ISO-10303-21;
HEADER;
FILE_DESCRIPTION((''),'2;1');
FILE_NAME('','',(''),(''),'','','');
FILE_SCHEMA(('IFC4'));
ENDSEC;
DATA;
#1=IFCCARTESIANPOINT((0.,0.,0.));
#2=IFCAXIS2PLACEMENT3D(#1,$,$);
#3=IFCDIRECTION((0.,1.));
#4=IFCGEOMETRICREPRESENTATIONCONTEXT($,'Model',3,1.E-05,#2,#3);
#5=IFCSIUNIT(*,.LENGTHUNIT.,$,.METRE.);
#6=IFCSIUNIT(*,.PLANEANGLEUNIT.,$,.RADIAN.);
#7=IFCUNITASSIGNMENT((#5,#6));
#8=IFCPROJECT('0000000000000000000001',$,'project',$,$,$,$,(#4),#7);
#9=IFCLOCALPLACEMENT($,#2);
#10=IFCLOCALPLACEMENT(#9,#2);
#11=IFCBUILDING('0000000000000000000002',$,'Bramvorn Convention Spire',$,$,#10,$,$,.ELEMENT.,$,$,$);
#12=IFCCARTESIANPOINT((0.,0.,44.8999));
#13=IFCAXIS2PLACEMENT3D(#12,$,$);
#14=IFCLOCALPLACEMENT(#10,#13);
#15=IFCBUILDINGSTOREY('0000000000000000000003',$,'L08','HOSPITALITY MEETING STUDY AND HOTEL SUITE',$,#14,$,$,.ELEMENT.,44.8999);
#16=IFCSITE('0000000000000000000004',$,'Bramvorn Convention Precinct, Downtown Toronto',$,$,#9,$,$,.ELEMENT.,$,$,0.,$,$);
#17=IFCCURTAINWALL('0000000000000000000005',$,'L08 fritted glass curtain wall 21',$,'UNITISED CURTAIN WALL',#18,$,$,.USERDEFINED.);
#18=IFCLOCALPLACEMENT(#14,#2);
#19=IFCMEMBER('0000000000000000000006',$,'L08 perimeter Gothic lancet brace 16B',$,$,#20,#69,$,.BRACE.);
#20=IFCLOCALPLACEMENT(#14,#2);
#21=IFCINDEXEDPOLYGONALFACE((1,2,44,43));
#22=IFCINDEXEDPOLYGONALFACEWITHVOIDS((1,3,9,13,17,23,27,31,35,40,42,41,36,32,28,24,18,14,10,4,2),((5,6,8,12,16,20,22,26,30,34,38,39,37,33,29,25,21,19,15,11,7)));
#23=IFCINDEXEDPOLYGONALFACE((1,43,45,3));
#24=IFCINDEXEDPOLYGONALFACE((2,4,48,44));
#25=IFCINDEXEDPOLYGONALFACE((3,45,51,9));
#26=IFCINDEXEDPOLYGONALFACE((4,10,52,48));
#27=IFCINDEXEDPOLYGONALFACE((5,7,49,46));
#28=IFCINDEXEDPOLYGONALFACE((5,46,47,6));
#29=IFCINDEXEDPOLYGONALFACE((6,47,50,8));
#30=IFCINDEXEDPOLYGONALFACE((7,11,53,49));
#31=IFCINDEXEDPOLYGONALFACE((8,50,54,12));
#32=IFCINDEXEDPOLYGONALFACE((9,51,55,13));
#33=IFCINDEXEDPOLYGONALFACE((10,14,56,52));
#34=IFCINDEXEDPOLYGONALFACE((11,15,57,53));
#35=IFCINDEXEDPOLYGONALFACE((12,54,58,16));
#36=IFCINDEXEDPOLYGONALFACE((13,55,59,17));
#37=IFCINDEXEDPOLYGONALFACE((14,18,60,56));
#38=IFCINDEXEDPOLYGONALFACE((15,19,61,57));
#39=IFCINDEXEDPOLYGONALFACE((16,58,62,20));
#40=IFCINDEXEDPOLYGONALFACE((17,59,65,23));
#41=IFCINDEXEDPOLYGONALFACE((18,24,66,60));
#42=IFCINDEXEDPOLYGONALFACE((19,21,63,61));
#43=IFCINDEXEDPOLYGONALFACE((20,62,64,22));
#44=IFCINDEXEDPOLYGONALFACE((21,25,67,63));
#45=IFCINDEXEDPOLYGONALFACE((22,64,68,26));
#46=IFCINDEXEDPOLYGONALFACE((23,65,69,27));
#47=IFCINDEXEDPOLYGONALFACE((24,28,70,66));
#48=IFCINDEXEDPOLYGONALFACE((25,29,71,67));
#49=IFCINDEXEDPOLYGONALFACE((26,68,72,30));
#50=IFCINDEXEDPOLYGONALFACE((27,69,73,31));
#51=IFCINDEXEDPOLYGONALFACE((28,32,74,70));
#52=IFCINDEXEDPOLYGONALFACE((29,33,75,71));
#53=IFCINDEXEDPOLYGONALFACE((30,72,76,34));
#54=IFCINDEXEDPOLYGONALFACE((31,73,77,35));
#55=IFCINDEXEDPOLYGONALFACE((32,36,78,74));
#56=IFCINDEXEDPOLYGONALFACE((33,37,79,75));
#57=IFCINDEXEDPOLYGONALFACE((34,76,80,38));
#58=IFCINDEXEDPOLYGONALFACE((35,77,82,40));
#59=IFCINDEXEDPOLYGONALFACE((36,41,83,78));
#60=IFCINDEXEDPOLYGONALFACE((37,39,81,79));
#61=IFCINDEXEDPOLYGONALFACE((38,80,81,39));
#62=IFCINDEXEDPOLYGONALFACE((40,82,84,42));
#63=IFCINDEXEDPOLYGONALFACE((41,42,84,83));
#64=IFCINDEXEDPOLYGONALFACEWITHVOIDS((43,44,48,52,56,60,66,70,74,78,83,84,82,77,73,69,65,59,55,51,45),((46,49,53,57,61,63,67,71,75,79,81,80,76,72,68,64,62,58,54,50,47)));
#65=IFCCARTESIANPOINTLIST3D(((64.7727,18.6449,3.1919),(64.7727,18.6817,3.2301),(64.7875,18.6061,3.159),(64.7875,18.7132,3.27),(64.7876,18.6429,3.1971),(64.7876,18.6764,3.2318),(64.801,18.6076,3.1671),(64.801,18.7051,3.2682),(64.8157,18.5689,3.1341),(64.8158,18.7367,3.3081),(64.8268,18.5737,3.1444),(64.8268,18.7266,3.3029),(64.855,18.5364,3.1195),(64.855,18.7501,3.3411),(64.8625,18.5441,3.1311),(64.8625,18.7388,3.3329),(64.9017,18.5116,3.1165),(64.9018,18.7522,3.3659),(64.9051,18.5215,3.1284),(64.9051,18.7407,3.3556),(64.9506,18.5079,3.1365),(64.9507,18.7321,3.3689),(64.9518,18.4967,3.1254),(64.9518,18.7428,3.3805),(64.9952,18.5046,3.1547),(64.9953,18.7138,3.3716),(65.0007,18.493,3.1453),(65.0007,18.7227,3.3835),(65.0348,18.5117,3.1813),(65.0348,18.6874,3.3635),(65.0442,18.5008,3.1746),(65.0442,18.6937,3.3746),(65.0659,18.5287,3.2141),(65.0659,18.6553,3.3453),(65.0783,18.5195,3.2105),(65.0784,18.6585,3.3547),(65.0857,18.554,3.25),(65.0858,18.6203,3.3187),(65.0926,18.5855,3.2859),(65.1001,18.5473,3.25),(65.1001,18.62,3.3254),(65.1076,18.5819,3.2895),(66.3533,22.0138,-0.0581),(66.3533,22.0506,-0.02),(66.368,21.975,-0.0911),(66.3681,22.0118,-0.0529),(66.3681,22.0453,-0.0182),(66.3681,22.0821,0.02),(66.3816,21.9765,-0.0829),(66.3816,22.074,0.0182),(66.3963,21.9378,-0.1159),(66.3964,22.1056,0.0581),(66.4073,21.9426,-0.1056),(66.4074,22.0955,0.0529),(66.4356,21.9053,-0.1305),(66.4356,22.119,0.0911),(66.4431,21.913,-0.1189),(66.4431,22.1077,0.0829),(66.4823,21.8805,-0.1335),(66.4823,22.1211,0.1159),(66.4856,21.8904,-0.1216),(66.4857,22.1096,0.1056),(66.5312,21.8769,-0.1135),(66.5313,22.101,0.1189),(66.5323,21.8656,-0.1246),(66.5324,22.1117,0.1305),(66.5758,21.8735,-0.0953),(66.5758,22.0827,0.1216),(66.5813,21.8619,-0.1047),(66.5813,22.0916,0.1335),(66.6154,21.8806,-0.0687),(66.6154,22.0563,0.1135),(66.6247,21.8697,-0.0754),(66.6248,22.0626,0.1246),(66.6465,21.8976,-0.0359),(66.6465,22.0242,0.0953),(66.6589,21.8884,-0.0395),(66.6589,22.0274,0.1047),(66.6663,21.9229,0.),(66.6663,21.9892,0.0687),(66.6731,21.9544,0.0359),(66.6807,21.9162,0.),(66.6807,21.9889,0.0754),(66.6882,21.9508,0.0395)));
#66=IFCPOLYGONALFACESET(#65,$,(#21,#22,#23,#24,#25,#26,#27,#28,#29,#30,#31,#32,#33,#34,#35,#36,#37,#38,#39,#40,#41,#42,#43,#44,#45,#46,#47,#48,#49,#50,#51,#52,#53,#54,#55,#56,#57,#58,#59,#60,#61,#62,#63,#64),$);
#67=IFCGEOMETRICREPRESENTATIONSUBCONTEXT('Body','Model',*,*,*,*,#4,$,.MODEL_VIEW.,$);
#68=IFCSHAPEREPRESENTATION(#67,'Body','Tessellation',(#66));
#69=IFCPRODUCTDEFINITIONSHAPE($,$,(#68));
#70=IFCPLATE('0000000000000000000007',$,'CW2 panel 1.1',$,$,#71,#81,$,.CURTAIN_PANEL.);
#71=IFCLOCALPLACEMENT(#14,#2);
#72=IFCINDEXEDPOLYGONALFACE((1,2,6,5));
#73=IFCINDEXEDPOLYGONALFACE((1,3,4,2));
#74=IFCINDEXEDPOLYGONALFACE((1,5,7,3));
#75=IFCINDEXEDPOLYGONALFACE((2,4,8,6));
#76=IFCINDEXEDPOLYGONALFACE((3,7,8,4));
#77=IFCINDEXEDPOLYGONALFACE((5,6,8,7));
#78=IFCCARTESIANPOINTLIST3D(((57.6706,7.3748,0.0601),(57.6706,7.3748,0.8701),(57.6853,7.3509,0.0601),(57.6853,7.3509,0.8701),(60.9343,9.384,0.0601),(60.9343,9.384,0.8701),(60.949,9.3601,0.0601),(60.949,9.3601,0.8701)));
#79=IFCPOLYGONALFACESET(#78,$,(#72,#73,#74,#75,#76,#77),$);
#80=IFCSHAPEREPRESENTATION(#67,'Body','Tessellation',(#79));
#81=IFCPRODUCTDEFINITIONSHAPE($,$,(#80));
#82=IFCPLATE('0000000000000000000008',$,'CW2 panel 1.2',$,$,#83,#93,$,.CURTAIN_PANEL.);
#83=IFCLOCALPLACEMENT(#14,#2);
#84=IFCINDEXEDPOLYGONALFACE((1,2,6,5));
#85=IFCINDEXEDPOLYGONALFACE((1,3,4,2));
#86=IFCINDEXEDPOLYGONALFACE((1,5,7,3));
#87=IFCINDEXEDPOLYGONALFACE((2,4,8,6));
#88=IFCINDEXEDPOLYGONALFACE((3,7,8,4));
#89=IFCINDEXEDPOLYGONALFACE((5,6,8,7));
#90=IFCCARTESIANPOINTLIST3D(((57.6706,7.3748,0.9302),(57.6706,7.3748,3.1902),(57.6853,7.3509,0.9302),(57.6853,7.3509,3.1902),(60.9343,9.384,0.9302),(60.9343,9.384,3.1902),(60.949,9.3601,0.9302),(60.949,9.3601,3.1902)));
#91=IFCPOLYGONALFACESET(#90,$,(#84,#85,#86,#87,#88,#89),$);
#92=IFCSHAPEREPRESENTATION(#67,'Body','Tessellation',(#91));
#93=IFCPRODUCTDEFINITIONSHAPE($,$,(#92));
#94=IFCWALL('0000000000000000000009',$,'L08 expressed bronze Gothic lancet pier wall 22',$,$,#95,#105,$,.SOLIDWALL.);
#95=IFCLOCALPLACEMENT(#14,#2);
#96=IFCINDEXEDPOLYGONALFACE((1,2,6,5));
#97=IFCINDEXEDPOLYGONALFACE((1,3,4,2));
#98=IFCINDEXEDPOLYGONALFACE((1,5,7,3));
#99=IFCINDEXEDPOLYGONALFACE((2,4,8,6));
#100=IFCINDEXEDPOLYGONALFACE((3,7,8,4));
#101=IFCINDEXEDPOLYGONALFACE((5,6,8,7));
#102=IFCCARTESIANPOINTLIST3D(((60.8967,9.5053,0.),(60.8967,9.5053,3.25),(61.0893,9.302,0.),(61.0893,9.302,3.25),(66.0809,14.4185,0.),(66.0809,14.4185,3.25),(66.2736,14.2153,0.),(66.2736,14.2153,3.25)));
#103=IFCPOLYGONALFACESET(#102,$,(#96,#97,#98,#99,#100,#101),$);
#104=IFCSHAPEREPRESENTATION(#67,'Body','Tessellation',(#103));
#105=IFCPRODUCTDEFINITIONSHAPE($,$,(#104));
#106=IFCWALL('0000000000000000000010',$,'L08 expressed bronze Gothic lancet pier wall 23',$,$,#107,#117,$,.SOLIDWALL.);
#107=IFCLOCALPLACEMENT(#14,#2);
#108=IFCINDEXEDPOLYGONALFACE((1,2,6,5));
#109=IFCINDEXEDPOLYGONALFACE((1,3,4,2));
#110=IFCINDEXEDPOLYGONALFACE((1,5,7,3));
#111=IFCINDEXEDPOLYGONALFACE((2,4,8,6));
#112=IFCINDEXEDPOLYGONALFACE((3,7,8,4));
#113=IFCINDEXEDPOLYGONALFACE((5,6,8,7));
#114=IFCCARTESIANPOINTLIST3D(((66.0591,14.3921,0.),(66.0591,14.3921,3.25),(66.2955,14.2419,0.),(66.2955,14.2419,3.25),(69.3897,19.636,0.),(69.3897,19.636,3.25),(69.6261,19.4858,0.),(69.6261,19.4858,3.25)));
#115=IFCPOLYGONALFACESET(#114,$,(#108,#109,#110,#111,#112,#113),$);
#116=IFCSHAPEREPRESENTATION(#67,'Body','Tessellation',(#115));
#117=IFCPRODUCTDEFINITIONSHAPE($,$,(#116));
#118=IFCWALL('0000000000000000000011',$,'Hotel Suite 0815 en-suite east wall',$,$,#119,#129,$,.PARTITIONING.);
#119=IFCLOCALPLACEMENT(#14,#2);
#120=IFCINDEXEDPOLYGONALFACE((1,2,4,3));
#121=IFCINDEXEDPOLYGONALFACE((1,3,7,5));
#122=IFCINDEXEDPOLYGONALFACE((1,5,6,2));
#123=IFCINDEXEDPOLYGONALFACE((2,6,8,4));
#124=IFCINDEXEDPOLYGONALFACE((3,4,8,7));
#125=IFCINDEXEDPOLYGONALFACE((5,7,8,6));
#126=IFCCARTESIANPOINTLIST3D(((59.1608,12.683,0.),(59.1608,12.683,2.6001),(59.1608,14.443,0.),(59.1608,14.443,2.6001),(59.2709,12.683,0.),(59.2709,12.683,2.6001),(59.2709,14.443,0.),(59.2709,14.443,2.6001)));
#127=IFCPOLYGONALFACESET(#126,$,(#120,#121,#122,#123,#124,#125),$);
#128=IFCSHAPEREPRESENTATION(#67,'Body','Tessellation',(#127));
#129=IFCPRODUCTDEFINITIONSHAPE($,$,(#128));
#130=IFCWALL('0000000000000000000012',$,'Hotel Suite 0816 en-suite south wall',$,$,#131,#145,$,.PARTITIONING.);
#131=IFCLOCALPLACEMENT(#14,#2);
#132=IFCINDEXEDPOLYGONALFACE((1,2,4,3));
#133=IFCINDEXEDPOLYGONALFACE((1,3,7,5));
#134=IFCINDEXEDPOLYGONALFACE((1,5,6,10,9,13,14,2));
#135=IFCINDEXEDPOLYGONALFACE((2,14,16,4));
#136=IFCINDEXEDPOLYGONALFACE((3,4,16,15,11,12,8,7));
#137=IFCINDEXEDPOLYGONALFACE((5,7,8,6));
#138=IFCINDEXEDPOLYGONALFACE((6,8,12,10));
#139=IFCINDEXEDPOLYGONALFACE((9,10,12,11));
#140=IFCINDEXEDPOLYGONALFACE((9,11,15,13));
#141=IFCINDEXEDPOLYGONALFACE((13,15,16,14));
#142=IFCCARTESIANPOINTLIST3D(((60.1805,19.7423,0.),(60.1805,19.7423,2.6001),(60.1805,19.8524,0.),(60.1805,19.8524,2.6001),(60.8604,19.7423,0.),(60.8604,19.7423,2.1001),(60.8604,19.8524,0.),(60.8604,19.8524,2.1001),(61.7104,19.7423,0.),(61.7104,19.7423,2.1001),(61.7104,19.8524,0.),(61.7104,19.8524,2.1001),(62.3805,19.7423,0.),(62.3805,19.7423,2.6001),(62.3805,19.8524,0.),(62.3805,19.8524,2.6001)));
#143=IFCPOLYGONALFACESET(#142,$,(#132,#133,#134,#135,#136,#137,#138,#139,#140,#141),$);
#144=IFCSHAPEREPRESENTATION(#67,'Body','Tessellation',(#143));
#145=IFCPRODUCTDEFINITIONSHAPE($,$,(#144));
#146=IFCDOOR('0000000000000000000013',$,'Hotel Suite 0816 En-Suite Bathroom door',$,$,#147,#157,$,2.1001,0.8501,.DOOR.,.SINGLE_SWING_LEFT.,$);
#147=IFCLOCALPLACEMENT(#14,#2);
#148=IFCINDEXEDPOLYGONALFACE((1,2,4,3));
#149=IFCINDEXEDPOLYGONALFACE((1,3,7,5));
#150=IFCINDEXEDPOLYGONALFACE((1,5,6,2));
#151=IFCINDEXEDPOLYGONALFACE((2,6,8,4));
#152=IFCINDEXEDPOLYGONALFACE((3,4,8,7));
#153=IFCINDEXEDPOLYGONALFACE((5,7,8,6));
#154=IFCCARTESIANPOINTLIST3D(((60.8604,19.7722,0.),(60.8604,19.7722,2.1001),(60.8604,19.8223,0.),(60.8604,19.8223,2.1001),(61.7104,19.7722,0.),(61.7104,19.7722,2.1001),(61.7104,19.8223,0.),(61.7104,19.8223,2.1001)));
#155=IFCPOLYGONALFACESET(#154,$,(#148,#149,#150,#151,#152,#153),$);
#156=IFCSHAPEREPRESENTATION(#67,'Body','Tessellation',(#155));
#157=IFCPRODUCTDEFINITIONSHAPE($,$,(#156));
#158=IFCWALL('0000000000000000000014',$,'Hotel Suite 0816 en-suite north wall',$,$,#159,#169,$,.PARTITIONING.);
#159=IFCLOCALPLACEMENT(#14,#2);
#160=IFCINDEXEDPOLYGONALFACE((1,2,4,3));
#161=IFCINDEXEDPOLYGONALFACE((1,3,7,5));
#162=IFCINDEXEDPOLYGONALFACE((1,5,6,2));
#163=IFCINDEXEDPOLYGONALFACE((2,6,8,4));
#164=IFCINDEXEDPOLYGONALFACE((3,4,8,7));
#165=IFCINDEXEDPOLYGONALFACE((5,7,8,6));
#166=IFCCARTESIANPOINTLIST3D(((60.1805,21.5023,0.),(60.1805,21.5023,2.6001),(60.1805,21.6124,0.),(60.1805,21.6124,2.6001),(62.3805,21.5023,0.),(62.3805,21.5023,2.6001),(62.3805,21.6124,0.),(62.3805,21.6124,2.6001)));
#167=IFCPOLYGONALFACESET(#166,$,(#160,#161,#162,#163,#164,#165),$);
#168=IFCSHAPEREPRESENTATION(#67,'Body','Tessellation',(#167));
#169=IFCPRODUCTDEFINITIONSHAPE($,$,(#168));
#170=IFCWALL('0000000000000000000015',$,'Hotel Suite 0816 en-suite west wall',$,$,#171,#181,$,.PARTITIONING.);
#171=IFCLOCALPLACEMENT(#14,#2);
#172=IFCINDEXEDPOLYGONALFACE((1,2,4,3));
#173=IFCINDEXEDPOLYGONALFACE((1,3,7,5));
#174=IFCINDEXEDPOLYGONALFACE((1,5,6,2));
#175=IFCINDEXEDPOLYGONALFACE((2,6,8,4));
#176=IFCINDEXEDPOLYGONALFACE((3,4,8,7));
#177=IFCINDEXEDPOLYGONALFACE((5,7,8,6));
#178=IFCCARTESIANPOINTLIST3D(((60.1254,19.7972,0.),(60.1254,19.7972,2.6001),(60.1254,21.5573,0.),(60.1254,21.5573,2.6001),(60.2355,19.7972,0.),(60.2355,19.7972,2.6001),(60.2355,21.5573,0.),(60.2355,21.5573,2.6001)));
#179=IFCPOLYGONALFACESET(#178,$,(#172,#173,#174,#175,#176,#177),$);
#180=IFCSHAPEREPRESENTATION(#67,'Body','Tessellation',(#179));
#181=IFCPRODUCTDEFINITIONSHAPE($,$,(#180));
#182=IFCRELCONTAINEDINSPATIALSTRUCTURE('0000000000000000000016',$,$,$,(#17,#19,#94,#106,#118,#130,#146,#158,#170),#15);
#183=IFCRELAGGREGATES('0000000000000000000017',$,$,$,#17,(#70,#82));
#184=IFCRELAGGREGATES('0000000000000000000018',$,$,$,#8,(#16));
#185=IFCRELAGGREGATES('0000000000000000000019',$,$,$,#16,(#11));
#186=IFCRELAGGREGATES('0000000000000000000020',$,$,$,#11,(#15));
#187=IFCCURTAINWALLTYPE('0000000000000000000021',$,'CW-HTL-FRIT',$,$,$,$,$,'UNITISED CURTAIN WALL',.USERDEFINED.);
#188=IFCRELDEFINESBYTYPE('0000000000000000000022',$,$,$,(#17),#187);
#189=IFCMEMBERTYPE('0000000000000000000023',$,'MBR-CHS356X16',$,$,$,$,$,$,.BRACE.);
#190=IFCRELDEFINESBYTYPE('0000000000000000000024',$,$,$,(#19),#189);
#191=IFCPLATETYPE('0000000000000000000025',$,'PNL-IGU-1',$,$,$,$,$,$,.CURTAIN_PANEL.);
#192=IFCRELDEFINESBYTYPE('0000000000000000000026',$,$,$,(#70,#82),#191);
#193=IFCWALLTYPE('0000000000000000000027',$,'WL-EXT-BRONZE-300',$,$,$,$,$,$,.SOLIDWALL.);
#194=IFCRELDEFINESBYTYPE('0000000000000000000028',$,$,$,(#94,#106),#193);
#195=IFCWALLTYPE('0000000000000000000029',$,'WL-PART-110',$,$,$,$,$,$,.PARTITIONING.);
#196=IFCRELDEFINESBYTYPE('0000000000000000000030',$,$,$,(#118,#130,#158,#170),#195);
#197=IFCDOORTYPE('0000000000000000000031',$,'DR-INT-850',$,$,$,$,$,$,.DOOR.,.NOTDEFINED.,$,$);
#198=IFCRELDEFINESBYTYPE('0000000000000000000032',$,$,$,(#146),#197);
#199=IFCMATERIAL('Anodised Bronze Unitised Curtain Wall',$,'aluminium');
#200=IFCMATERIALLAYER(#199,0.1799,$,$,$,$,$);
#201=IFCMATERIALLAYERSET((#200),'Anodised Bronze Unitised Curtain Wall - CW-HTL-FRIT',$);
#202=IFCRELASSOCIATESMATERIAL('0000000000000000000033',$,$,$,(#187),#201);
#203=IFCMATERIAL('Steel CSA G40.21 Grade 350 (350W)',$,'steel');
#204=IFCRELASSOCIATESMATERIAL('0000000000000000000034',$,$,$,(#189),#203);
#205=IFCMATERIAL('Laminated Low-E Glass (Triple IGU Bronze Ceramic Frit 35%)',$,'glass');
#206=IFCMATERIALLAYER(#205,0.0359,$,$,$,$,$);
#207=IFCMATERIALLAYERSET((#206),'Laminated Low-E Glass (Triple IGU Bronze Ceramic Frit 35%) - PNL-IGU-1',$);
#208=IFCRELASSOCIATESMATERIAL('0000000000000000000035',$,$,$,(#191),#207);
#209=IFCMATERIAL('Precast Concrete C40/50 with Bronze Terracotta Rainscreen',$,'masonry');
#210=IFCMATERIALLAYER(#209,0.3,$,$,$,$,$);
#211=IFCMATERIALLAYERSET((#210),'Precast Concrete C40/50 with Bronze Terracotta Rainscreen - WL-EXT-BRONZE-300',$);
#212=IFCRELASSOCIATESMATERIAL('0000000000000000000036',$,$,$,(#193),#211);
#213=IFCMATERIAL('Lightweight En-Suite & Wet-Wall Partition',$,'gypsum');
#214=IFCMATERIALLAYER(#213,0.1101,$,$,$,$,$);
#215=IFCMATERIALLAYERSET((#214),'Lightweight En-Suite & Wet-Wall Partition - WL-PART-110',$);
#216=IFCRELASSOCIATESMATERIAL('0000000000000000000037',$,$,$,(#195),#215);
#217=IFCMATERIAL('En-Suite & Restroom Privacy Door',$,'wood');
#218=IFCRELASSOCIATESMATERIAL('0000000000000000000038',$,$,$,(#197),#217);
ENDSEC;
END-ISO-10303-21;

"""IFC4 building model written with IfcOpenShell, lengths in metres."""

from ifc_helpers import new_model, si_unit, direction, frame, frame_2d, origin, origin_2d, place, context, subcontext, project, spatial, rectangle, hollow_circle, extrude, material, layer, layer_set, material_profile, profile_set, type_object, element, fill, aggregate, save


model = new_model("IFC4")

# Units and contexts
model_context = context("Model", 3, precision=1e-05, world=origin(), true_north=direction((0.0, 1.0)))
body_context = subcontext(model_context, "Body", "Model", "MODEL_VIEW")
ifc_project = project(units=[si_unit("LENGTHUNIT", "METRE"), si_unit("PLANEANGLEUNIT", "RADIAN")], contexts=[model_context])

# Site, building, storey
site_placement = place(None, origin())
site = spatial("IfcSite", under=ifc_project, at=site_placement, Name="Bramvorn Convention Precinct, Downtown Toronto", CompositionType="ELEMENT", RefElevation=0.0)
building_placement = place(site_placement, origin())
building = spatial("IfcBuilding", under=site, at=building_placement, Name="Bramvorn Convention Spire", CompositionType="ELEMENT")
storey_placement = place(building_placement, frame((0.0, 0.0, 44.8999)))
storey = spatial("IfcBuildingStorey", under=building, at=storey_placement, Name="L08", Description="HOSPITALITY MEETING STUDY AND HOTEL SUITE", CompositionType="ELEMENT", Elevation=44.8999)

# Shared definitions
ifc_material_1 = material(Name="Steel CSA G40.21 Grade 350 (350W)", Category="steel")

# Curtain wall
ifc_material_2 = material(Name="Anodised Bronze Unitised Curtain Wall", Category="aluminium")
ifc_layer_1 = layer(ifc_material_2, 0.1799)
ifc_layer_set_1 = layer_set([ifc_layer_1], Name="Anodised Bronze Unitised Curtain Wall - CW-HTL-FRIT")
curtain_wall_type = type_object("IfcCurtainWallType", Name="CW-HTL-FRIT", ElementType="UNITISED CURTAIN WALL", PredefinedType="USERDEFINED", material=ifc_layer_set_1)
curtain_wall_placement = place(storey_placement, origin())
curtain_wall = element("IfcCurtainWall", 1, at=curtain_wall_placement, inside=storey, type_object=curtain_wall_type, Name="L08 fritted glass curtain wall 21", ObjectType="UNITISED CURTAIN WALL", PredefinedType="USERDEFINED")

# Member
ifc_material_profile_1 = material_profile(ifc_material_1, hollow_circle(Radius=0.1777, WallThickness=0.0159, at=origin_2d()))
ifc_profile_set_1 = profile_set([ifc_material_profile_1], Name="Steel CSA G40.21 Grade 350 (350W) - CHS356X16")
member_type_1 = type_object("IfcMemberType", Name="MBR-CHS356X16", PredefinedType="BRACE", material=ifc_profile_set_1)
for number, where, z_axis, x_axis, name in (
    (2, (66.5198, 21.9917, 0.0), (-0.31991, -0.681871, 0.657806), (0.905315, -0.424741, 0.0), "L08 perimeter Gothic lancet brace 16B"),
):
    element("IfcMember", number, at=place(storey_placement, frame(where, z_axis=z_axis, x_axis=x_axis)), inside=storey, type_object=member_type_1, Name=name, PredefinedType="BRACE", context=body_context, shape_type="SweptSolid", body=[
        extrude(hollow_circle(Radius=0.1777, WallThickness=0.0159, at=origin_2d()), origin(), (0.0, 0.0, 1.0), 4.9407),
    ])

# Plates
ifc_material_3 = material(Name="Laminated Low-E Glass (Triple IGU Bronze Ceramic Frit 35%)", Category="glass")
ifc_layer_2 = layer(ifc_material_3, 0.0359)
ifc_layer_set_2 = layer_set([ifc_layer_2], Name="Laminated Low-E Glass (Triple IGU Bronze Ceramic Frit 35%) - PNL-IGU-1")
plate_type = type_object("IfcPlateType", Name="PNL-IGU-1", PredefinedType="CURTAIN_PANEL", material=ifc_layer_set_2)
plate_1_placement = place(storey_placement, frame((59.3098, 8.3674, 0.0601), z_axis=(0.0, 0.0, 1.0), x_axis=(-0.851568, -0.524244, 0.0)))
plate_1 = element("IfcPlate", 3, at=plate_1_placement, type_object=plate_type, Name="CW2 panel 1.1", PredefinedType="CURTAIN_PANEL", context=body_context, shape_type="SweptSolid", body=[
    extrude(rectangle(XDim=3.8325, YDim=0.0281, at=origin_2d()), origin(), (0.0, 0.0, 1.0), 0.8101),
])
plate_2_placement = place(storey_placement, frame((59.3098, 8.3674, 0.9302), z_axis=(0.0, 0.0, 1.0), x_axis=(-0.851568, -0.524244, 0.0)))
plate_2 = element("IfcPlate", 4, at=plate_2_placement, type_object=plate_type, Name="CW2 panel 1.2", PredefinedType="CURTAIN_PANEL", context=body_context, shape_type="SweptSolid", body=[
    extrude(rectangle(XDim=3.8325, YDim=0.0281, at=origin_2d()), origin(), (0.0, 0.0, 1.0), 2.26),
])
aggregate(curtain_wall, [plate_1, plate_2])

# Walls
ifc_material_4 = material(Name="Precast Concrete C40/50 with Bronze Terracotta Rainscreen", Category="masonry")
ifc_layer_3 = layer(ifc_material_4, 0.3)
ifc_layer_set_3 = layer_set([ifc_layer_3], Name="Precast Concrete C40/50 with Bronze Terracotta Rainscreen - WL-EXT-BRONZE-300")
wall_type_1 = type_object("IfcWallType", Name="WL-EXT-BRONZE-300", PredefinedType="SOLIDWALL", material=ifc_layer_set_3)
wall_1_placement = place(storey_placement, frame((66.1772, 14.3169, 0.0), z_axis=(0.0, 0.0, 1.0), x_axis=(-0.725822, -0.687882, 0.0)))
element("IfcWall", 5, at=wall_1_placement, inside=storey, type_object=wall_type_1, Name="L08 expressed bronze Gothic lancet pier wall 22", PredefinedType="SOLIDWALL", context=body_context, shape_type="SweptSolid", body=[
    extrude(rectangle(XDim=7.1426, YDim=0.28, at=frame_2d((3.5713, 0.0))), origin(), (0.0, 0.0, 1.0), 3.25),
])
wall_2_placement = place(storey_placement, frame((69.5078, 19.5608, 0.0), z_axis=(0.0, 0.0, 1.0), x_axis=(-0.536135, -0.844132, 0.0)))
element("IfcWall", 6, at=wall_2_placement, inside=storey, type_object=wall_type_1, Name="L08 expressed bronze Gothic lancet pier wall 23", PredefinedType="SOLIDWALL", context=body_context, shape_type="SweptSolid", body=[
    extrude(rectangle(XDim=6.2122, YDim=0.28, at=frame_2d((3.106, 0.0))), origin(), (0.0, 0.0, 1.0), 3.25),
])
ifc_material_5 = material(Name="Lightweight En-Suite & Wet-Wall Partition", Category="gypsum")
ifc_layer_4 = layer(ifc_material_5, 0.1101)
ifc_layer_set_4 = layer_set([ifc_layer_4], Name="Lightweight En-Suite & Wet-Wall Partition - WL-PART-110")
wall_type_2 = type_object("IfcWallType", Name="WL-PART-110", PredefinedType="PARTITIONING", material=ifc_layer_set_4)
wall_3_placement = place(storey_placement, frame((59.2158, 12.6831, 0.0), z_axis=(0.0, 0.0, 1.0), x_axis=(0.0, 1.0, 0.0)))
element("IfcWall", 7, at=wall_3_placement, inside=storey, type_object=wall_type_2, Name="Hotel Suite 0815 en-suite east wall", PredefinedType="PARTITIONING", context=body_context, shape_type="SweptSolid", body=[
    extrude(rectangle(XDim=1.76, YDim=0.1101, at=frame_2d((0.8799, 0.0))), origin(), (0.0, 0.0, 1.0), 2.6001),
])

# Wall, opening, door
wall_4_placement = place(storey_placement, frame((60.1804, 19.7974, 0.0), z_axis=(0.0, 0.0, 1.0), x_axis=(1.0, 0.0, 0.0)))
wall_4 = element("IfcWall", 8, at=wall_4_placement, inside=storey, type_object=wall_type_2, Name="Hotel Suite 0816 en-suite south wall", PredefinedType="PARTITIONING", context=body_context, shape_type="SweptSolid", body=[
    extrude(rectangle(XDim=2.2, YDim=0.1101, at=frame_2d((1.1001, 0.0))), origin(), (0.0, 0.0, 1.0), 2.6001),
])
opening_placement = place(wall_4_placement, frame((0.6799, 0.0, 0.0)))
opening = element("IfcOpeningElement", 9, at=opening_placement, cuts=wall_4, PredefinedType="OPENING", context=body_context, shape_type="SweptSolid", body=[
    extrude(rectangle(XDim=0.8501, YDim=2.1001, at=frame_2d((0.425, 1.05))), frame((0.0, 0.0649, 0.0), z_axis=(0.0, -1.0, 0.0), x_axis=(1.0, 0.0, 0.0)), (0.0, 0.0, 1.0), 0.1301),
])
ifc_material_6 = material(Name="En-Suite & Restroom Privacy Door", Category="wood")
door_type = type_object("IfcDoorType", Name="DR-INT-850", OperationType="NOTDEFINED", PredefinedType="DOOR", material=ifc_material_6)
door_placement = place(opening_placement, origin())
door = element("IfcDoor", 10, at=door_placement, inside=storey, type_object=door_type, Name="Hotel Suite 0816 En-Suite Bathroom door", OperationType="SINGLE_SWING_LEFT", OverallHeight=2.1001, OverallWidth=0.8501, PredefinedType="DOOR", context=body_context, shape_type="SweptSolid", body=[
    extrude(rectangle(XDim=0.8501, YDim=2.1001, at=frame_2d((0.425, 1.05))), frame((0.0, 0.0249, 0.0), z_axis=(0.0, -1.0, 0.0), x_axis=(1.0, 0.0, 0.0)), (0.0, 0.0, 1.0), 0.05),
])
fill(opening, door)

# Walls
wall_5_placement = place(storey_placement, frame((60.1804, 21.5574, 0.0), z_axis=(0.0, 0.0, 1.0), x_axis=(1.0, 0.0, 0.0)))
element("IfcWall", 11, at=wall_5_placement, inside=storey, type_object=wall_type_2, Name="Hotel Suite 0816 en-suite north wall", PredefinedType="PARTITIONING", context=body_context, shape_type="SweptSolid", body=[
    extrude(rectangle(XDim=2.2, YDim=0.1101, at=frame_2d((1.1001, 0.0))), origin(), (0.0, 0.0, 1.0), 2.6001),
])
for number, where, z_axis, x_axis, name in (
    (12, (60.1804, 19.7974, 0.0), (0.0, 0.0, 1.0), (0.0, 1.0, 0.0), "Hotel Suite 0816 en-suite west wall"),
):
    element("IfcWall", number, at=place(storey_placement, frame(where, z_axis=z_axis, x_axis=x_axis)), inside=storey, type_object=wall_type_2, Name=name, PredefinedType="PARTITIONING", context=body_context, shape_type="SweptSolid", body=[
        extrude(rectangle(XDim=1.76, YDim=0.1101, at=frame_2d((0.8799, 0.0))), origin(), (0.0, 0.0, 1.0), 2.6001),
    ])

save(model, "model.ifc")
